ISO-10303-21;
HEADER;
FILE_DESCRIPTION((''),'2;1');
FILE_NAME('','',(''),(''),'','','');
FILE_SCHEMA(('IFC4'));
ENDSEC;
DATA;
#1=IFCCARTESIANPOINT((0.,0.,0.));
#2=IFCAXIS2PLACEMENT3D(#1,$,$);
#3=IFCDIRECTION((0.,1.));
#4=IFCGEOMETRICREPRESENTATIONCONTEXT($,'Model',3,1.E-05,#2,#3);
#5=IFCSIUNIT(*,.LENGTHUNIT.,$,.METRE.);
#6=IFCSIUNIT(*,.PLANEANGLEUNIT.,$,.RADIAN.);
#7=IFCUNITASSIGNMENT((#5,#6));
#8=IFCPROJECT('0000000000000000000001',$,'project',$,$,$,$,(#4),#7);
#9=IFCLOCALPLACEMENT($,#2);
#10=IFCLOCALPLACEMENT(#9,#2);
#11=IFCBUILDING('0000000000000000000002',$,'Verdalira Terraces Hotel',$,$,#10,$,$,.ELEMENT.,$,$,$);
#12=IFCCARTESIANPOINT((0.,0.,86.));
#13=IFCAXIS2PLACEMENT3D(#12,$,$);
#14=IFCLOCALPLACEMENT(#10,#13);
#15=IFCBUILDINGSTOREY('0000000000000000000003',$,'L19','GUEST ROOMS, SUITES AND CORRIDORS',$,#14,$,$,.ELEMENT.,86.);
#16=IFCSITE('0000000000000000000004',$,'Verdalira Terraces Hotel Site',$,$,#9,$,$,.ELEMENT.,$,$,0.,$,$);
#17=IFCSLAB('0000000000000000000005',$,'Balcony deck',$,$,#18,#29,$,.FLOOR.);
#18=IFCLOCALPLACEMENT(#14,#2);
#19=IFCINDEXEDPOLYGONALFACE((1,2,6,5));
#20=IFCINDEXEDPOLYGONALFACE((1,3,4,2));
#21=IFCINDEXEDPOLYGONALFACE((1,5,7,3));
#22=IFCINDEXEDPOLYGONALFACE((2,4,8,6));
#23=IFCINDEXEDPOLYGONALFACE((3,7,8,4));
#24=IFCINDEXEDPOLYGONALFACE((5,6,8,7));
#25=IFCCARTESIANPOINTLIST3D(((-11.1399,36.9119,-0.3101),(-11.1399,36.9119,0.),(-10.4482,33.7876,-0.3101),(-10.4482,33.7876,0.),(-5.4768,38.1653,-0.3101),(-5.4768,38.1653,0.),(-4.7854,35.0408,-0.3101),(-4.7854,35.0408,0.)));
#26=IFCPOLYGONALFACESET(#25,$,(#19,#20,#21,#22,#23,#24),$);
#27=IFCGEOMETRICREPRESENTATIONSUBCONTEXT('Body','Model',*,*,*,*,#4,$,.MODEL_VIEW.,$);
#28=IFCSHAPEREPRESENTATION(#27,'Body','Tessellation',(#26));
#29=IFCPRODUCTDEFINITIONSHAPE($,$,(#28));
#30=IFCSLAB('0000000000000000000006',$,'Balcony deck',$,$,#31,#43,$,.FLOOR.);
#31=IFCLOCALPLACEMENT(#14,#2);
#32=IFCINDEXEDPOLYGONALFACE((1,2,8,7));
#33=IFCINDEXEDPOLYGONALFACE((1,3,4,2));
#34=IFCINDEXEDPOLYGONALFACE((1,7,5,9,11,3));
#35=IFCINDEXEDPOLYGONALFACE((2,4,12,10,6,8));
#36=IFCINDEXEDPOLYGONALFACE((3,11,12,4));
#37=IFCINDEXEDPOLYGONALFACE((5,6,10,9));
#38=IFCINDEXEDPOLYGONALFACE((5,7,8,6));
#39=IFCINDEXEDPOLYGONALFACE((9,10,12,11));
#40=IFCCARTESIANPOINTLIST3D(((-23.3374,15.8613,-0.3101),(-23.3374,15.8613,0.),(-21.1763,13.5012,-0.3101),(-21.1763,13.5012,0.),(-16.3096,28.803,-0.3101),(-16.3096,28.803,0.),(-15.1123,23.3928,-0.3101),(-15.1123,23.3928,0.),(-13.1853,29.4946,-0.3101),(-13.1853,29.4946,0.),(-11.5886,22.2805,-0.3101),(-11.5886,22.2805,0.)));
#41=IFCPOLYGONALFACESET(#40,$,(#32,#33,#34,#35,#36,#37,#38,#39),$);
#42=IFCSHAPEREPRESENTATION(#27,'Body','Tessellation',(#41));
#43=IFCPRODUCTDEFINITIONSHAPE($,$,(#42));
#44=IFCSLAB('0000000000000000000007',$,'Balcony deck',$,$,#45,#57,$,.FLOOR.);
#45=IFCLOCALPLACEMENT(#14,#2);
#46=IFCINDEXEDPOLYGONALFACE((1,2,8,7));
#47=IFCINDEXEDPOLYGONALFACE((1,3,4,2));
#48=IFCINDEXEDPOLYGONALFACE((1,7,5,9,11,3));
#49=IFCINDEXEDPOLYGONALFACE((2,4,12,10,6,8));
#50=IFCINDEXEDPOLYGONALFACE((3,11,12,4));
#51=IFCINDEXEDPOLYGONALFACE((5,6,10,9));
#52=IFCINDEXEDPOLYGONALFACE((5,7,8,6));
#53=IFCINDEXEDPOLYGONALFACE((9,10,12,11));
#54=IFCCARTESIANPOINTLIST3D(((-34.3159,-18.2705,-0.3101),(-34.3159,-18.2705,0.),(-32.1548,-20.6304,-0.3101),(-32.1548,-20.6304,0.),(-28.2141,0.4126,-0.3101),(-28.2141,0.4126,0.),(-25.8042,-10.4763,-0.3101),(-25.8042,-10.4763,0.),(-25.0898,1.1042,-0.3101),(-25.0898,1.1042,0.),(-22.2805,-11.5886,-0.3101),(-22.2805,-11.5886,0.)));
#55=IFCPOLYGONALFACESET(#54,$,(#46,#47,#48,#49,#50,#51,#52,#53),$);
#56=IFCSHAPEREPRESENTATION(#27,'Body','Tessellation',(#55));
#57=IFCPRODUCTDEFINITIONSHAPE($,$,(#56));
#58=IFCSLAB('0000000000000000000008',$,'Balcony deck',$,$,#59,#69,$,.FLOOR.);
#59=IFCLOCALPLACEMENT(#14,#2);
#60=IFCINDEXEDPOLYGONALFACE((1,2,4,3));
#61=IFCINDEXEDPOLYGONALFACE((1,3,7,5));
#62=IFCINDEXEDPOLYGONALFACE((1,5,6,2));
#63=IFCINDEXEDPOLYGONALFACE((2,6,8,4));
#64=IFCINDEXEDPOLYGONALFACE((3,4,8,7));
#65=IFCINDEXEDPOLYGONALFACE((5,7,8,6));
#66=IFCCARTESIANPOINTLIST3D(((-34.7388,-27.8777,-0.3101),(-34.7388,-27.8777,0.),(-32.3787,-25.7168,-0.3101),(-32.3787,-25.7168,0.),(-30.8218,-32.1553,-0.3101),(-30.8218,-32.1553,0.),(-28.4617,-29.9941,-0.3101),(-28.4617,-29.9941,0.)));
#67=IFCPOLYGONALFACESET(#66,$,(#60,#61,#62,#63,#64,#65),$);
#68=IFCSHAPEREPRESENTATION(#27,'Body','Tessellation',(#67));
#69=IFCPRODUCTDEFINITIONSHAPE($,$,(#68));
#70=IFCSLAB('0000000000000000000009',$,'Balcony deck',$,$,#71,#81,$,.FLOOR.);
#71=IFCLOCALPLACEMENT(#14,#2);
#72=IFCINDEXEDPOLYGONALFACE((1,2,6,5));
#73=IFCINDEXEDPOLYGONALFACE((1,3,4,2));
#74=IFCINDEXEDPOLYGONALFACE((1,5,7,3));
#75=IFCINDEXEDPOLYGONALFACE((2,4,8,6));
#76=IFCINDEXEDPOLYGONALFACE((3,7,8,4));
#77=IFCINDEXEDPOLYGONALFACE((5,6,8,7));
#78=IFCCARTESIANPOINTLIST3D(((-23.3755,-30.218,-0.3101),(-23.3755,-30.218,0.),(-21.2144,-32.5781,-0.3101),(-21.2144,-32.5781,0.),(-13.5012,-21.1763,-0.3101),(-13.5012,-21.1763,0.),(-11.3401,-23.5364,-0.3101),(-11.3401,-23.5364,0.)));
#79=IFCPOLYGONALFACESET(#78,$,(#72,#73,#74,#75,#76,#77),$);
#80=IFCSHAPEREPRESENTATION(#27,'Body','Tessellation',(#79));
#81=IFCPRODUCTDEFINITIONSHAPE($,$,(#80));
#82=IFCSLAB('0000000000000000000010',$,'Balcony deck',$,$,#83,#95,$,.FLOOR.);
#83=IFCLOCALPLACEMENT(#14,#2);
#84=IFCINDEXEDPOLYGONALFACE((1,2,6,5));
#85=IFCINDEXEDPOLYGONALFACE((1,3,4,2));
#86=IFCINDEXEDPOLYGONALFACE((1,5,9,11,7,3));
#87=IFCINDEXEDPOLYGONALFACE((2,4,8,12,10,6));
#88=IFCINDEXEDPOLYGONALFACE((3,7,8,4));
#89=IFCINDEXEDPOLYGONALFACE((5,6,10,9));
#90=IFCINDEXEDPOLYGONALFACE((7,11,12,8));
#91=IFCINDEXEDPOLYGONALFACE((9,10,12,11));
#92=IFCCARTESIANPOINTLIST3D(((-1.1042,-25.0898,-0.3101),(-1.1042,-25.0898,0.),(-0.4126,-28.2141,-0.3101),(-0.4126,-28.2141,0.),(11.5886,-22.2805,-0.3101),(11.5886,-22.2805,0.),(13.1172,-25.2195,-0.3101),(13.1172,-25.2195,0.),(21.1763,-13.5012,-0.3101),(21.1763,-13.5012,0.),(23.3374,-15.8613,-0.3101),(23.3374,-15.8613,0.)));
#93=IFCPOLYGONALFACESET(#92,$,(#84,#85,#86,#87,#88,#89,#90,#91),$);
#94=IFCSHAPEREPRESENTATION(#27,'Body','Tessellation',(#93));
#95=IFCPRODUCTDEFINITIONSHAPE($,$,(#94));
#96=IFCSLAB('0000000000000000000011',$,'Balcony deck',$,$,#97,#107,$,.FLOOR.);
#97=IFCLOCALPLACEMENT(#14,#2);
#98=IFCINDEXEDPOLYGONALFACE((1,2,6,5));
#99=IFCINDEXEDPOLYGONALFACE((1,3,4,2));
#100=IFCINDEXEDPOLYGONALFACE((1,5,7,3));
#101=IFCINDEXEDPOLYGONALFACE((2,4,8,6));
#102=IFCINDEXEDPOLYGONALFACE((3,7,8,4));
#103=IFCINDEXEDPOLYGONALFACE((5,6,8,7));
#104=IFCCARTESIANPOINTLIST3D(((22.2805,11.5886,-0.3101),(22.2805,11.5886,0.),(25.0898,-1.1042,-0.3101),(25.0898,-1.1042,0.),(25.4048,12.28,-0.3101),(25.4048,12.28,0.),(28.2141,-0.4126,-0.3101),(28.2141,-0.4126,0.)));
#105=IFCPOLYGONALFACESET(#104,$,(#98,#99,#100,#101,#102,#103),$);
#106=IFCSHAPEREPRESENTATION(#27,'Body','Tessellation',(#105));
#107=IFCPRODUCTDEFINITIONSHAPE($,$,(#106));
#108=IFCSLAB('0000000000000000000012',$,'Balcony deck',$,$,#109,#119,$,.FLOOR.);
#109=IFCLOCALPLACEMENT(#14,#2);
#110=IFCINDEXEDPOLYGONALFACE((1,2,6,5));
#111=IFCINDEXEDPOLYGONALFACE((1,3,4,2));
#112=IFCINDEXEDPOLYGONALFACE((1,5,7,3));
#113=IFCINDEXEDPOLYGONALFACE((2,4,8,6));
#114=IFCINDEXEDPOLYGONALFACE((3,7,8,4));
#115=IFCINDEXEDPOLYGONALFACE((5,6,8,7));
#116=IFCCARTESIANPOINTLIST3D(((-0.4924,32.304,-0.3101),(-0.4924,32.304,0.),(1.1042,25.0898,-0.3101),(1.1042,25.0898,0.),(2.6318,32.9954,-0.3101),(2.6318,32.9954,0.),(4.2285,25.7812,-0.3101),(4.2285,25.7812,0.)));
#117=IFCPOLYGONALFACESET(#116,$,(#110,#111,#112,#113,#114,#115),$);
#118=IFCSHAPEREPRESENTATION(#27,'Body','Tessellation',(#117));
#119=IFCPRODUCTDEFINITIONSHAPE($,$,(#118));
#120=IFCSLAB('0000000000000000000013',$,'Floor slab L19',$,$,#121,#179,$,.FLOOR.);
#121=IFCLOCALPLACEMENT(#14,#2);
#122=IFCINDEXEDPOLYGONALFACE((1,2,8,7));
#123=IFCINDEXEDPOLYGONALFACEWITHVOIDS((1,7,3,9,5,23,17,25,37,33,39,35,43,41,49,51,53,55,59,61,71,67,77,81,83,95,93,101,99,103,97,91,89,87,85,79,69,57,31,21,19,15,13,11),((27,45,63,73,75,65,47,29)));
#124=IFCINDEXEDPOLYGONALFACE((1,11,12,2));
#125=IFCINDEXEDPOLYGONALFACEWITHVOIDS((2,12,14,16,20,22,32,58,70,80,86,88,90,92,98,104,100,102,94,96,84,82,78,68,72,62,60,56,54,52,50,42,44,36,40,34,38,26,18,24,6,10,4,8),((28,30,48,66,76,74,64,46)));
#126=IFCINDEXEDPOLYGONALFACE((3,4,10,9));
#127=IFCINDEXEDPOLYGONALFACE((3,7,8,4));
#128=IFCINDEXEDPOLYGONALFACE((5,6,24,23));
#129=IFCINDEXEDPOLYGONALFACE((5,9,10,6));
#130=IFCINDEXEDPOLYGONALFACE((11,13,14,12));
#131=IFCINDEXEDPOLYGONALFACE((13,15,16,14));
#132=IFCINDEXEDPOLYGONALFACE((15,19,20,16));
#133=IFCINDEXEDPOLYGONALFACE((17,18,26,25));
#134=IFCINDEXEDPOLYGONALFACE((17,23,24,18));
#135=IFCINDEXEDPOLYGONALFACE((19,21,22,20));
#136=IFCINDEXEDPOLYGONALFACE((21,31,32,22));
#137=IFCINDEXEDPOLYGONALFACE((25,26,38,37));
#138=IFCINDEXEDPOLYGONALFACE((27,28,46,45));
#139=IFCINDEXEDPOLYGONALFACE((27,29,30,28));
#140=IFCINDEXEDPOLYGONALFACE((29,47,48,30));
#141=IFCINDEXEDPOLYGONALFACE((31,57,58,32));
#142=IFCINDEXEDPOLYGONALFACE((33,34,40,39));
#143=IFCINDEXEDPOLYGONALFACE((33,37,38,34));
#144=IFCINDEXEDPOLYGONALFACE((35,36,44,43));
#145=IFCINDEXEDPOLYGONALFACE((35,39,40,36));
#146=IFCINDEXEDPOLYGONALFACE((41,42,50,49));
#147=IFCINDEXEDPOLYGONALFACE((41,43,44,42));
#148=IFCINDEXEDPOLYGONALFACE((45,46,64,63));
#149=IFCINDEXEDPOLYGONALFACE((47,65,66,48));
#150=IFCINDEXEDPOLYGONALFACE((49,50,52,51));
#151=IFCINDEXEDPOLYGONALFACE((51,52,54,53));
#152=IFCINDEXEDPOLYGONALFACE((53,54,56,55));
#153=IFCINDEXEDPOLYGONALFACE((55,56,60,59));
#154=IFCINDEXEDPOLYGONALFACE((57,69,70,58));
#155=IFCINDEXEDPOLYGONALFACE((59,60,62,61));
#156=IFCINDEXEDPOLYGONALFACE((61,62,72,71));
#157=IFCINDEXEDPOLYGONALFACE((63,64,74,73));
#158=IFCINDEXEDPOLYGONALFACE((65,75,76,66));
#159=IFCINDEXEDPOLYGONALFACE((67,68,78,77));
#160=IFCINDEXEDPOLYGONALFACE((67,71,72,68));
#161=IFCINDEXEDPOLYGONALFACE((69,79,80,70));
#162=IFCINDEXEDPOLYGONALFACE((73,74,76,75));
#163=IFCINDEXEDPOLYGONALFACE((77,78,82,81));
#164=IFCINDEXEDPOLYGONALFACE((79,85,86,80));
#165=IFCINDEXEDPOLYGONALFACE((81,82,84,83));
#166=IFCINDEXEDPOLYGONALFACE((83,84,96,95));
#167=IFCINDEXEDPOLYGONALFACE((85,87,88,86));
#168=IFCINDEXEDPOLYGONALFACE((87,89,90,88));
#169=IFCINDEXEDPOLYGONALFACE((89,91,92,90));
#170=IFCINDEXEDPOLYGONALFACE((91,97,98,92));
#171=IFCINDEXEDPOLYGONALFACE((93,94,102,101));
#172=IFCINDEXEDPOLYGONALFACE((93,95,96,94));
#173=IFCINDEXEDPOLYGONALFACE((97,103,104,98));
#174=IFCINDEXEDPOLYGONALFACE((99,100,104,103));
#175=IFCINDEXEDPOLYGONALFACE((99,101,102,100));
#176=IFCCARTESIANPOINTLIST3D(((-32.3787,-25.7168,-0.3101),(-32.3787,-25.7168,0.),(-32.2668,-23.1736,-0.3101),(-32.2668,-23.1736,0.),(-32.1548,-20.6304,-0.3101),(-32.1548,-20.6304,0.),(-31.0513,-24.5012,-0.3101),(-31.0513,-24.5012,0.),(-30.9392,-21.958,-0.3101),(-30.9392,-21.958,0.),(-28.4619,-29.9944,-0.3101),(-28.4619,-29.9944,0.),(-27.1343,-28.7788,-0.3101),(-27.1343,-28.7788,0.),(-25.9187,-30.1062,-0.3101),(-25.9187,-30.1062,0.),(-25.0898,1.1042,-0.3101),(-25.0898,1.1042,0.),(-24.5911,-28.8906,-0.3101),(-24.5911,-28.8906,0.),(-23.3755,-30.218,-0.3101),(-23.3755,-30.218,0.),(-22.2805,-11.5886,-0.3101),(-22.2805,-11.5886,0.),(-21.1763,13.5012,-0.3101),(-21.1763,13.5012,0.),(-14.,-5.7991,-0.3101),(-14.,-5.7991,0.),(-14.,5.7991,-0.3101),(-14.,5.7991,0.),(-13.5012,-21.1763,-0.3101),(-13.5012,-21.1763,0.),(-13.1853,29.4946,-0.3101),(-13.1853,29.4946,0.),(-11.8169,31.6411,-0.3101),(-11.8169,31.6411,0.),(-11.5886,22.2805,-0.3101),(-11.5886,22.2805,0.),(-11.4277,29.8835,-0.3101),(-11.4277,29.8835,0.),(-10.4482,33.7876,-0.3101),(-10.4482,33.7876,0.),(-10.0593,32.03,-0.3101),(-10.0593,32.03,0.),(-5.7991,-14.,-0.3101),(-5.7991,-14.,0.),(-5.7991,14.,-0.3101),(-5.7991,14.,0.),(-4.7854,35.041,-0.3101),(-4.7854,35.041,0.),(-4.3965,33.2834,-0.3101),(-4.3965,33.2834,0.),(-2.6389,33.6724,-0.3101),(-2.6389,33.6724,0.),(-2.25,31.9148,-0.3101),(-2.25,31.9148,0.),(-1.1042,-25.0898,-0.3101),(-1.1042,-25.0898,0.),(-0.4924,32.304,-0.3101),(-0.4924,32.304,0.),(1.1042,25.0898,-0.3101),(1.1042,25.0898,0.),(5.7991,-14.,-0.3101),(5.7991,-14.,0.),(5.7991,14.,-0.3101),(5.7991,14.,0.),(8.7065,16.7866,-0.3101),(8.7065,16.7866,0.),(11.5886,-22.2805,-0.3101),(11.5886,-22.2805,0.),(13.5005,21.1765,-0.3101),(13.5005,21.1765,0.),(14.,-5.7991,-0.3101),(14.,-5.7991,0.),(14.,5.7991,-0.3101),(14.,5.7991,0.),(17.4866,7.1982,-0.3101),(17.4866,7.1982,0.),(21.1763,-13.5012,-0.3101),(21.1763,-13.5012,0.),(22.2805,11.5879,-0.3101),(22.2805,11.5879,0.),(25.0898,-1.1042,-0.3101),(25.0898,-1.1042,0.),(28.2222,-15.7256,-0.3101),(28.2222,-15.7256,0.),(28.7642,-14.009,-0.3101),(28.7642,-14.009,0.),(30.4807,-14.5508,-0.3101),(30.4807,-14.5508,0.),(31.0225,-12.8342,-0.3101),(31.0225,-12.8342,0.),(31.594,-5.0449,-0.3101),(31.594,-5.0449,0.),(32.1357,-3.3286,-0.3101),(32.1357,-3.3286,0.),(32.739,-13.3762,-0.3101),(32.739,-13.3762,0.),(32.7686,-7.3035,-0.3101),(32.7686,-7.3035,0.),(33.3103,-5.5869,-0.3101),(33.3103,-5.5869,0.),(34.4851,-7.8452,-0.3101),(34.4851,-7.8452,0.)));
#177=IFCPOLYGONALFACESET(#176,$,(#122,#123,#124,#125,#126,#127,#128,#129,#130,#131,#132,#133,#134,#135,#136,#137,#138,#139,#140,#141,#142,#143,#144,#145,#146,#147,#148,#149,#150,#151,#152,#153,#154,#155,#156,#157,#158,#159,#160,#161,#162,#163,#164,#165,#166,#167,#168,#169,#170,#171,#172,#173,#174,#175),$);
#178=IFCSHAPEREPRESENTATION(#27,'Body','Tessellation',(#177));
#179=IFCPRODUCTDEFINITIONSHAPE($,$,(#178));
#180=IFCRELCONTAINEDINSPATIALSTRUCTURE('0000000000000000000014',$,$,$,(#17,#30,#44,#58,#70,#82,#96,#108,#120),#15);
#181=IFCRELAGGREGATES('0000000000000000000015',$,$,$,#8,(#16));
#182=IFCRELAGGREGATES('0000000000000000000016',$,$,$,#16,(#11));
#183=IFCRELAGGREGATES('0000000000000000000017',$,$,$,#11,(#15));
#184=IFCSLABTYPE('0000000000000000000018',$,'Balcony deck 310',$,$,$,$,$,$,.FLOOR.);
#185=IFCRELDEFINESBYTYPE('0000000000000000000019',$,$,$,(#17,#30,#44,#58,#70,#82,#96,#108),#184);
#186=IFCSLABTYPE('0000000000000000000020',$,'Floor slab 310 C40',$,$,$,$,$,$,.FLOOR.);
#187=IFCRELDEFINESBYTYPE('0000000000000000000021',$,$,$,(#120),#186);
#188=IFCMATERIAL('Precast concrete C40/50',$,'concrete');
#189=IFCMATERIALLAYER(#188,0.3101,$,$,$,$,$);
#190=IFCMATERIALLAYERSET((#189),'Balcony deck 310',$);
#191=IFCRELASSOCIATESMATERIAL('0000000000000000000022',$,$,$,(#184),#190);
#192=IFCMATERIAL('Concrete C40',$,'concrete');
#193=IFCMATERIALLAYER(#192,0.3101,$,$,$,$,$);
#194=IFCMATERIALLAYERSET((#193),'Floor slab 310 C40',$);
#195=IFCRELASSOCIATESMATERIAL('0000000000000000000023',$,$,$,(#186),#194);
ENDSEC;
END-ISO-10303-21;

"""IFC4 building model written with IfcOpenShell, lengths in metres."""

from ifc_helpers import new_model, si_unit, direction, frame, origin, place, context, subcontext, project, spatial, polyline, outline, extrude, material, layer, layer_set, type_object, element, save


model = new_model("IFC4")

# Units and contexts
model_context = context("Model", 3, precision=1e-05, world=origin(), true_north=direction((0.0, 1.0)))
body_context = subcontext(model_context, "Body", "Model", "MODEL_VIEW")
ifc_project = project(units=[si_unit("LENGTHUNIT", "METRE"), si_unit("PLANEANGLEUNIT", "RADIAN")], contexts=[model_context])

# Site, building, storey
site_placement = place(None, origin())
site = spatial("IfcSite", under=ifc_project, at=site_placement, Name="Verdalira Terraces Hotel Site", CompositionType="ELEMENT", RefElevation=0.0)
building_placement = place(site_placement, origin())
building = spatial("IfcBuilding", under=site, at=building_placement, Name="Verdalira Terraces Hotel", CompositionType="ELEMENT")
storey_placement = place(building_placement, frame((0.0, 0.0, 86.0)))
storey = spatial("IfcBuildingStorey", under=building, at=storey_placement, Name="L19", Description="GUEST ROOMS, SUITES AND CORRIDORS", CompositionType="ELEMENT", Elevation=86.0)

# Slabs
ifc_material_1 = material(Name="Precast concrete C40/50", Category="concrete")
ifc_layer_1 = layer(ifc_material_1, 0.3101)
ifc_layer_set_1 = layer_set([ifc_layer_1], Name="Balcony deck 310")
slab_type_1 = type_object("IfcSlabType", Name="Balcony deck 310", PredefinedType="FLOOR", material=ifc_layer_set_1)
slab_1_placement = place(storey_placement, frame((0.0, 0.0, -0.3101)))
element("IfcSlab", 1, at=slab_1_placement, inside=storey, type_object=slab_type_1, Name="Balcony deck", PredefinedType="FLOOR", context=body_context, shape_type="SweptSolid", body=[
    extrude(outline(polyline([(-11.1399, 36.9119), (-10.4482, 33.7876), (-4.7854, 35.0408), (-5.4768, 38.1653), (-11.1399, 36.9119)])), origin(), (0.0, 0.0, 1.0), 0.3101),
])
slab_2_placement = place(storey_placement, frame((0.0, 0.0, -0.3101)))
element("IfcSlab", 2, at=slab_2_placement, inside=storey, type_object=slab_type_1, Name="Balcony deck", PredefinedType="FLOOR", context=body_context, shape_type="SweptSolid", body=[
    extrude(outline(polyline([(-15.1123, 23.3928), (-23.3374, 15.8613), (-21.1763, 13.5012), (-11.5886, 22.2805), (-13.1853, 29.4946), (-16.3096, 28.803), (-15.1123, 23.3928)])), origin(), (0.0, 0.0, 1.0), 0.3101),
])
slab_3_placement = place(storey_placement, frame((0.0, 0.0, -0.3101)))
element("IfcSlab", 3, at=slab_3_placement, inside=storey, type_object=slab_type_1, Name="Balcony deck", PredefinedType="FLOOR", context=body_context, shape_type="SweptSolid", body=[
    extrude(outline(polyline([(-25.8042, -10.4763), (-34.3159, -18.2705), (-32.1548, -20.6304), (-22.2805, -11.5886), (-25.0898, 1.1042), (-28.2141, 0.4126), (-25.8042, -10.4763)])), origin(), (0.0, 0.0, 1.0), 0.3101),
])
slab_4_placement = place(storey_placement, frame((0.0, 0.0, -0.3101)))
element("IfcSlab", 4, at=slab_4_placement, inside=storey, type_object=slab_type_1, Name="Balcony deck", PredefinedType="FLOOR", context=body_context, shape_type="SweptSolid", body=[
    extrude(outline(polyline([(-30.8218, -32.1553), (-28.4617, -29.9941), (-32.3787, -25.7168), (-34.7388, -27.8777), (-30.8218, -32.1553)])), origin(), (0.0, 0.0, 1.0), 0.3101),
])
slab_5_placement = place(storey_placement, frame((0.0, 0.0, -0.3101)))
element("IfcSlab", 5, at=slab_5_placement, inside=storey, type_object=slab_type_1, Name="Balcony deck", PredefinedType="FLOOR", context=body_context, shape_type="SweptSolid", body=[
    extrude(outline(polyline([(-11.3401, -23.5364), (-13.5012, -21.1763), (-23.3755, -30.218), (-21.2144, -32.5781), (-11.3401, -23.5364)])), origin(), (0.0, 0.0, 1.0), 0.3101),
])
slab_6_placement = place(storey_placement, frame((0.0, 0.0, -0.3101)))
element("IfcSlab", 6, at=slab_6_placement, inside=storey, type_object=slab_type_1, Name="Balcony deck", PredefinedType="FLOOR", context=body_context, shape_type="SweptSolid", body=[
    extrude(outline(polyline([(23.3374, -15.8613), (21.1763, -13.5012), (11.5886, -22.2805), (-1.1042, -25.0898), (-0.4126, -28.2141), (13.1172, -25.2195), (23.3374, -15.8613)])), origin(), (0.0, 0.0, 1.0), 0.3101),
])
slab_7_placement = place(storey_placement, frame((0.0, 0.0, -0.3101)))
element("IfcSlab", 7, at=slab_7_placement, inside=storey, type_object=slab_type_1, Name="Balcony deck", PredefinedType="FLOOR", context=body_context, shape_type="SweptSolid", body=[
    extrude(outline(polyline([(25.4048, 12.28), (22.2805, 11.5886), (25.0898, -1.1042), (28.2141, -0.4126), (25.4048, 12.28)])), origin(), (0.0, 0.0, 1.0), 0.3101),
])
slab_8_placement = place(storey_placement, frame((0.0, 0.0, -0.3101)))
element("IfcSlab", 8, at=slab_8_placement, inside=storey, type_object=slab_type_1, Name="Balcony deck", PredefinedType="FLOOR", context=body_context, shape_type="SweptSolid", body=[
    extrude(outline(polyline([(2.6318, 32.9954), (-0.4924, 32.304), (1.1042, 25.0898), (4.2285, 25.7812), (2.6318, 32.9954)])), origin(), (0.0, 0.0, 1.0), 0.3101),
])
ifc_material_2 = material(Name="Concrete C40", Category="concrete")
ifc_layer_2 = layer(ifc_material_2, 0.3101)
ifc_layer_set_2 = layer_set([ifc_layer_2], Name="Floor slab 310 C40")
slab_type_2 = type_object("IfcSlabType", Name="Floor slab 310 C40", PredefinedType="FLOOR", material=ifc_layer_set_2)
slab_9_placement = place(storey_placement, frame((0.0, 0.0, -0.3101)))
element("IfcSlab", 9, at=slab_9_placement, inside=storey, type_object=slab_type_2, Name="Floor slab L19", PredefinedType="FLOOR", context=body_context, shape_type="SweptSolid", body=[
    extrude(outline(polyline([(32.1357, -3.3286), (25.0898, -1.1042), (22.2805, 11.5879), (17.4866, 7.1982), (8.7065, 16.7866), (13.5005, 21.1765), (1.1042, 25.0898), (-0.4924, 32.304), (-2.25, 31.9148), (-2.6389, 33.6724), (-4.3965, 33.2834), (-4.7854, 35.041), (-10.4482, 33.7876), (-10.0593, 32.03), (-11.8169, 31.6411), (-11.4277, 29.8835), (-13.1853, 29.4946), (-11.5886, 22.2805), (-21.1763, 13.5012), (-25.0898, 1.1042), (-22.2805, -11.5886), (-32.1548, -20.6304), (-30.9392, -21.958), (-32.2668, -23.1736), (-31.0513, -24.5012), (-32.3787, -25.7168), (-28.4619, -29.9944), (-27.1343, -28.7788), (-25.9187, -30.1062), (-24.5911, -28.8906), (-23.3755, -30.218), (-13.5012, -21.1763), (-1.1042, -25.0898), (11.5886, -22.2805), (21.1763, -13.5012), (28.2222, -15.7256), (28.7642, -14.009), (30.4807, -14.5508), (31.0225, -12.8342), (32.739, -13.3762), (34.4851, -7.8452), (32.7686, -7.3035), (33.3103, -5.5869), (31.594, -5.0449), (32.1357, -3.3286)]), holes=[polyline([(5.7991, 14.0), (14.0, 5.7991), (14.0, -5.7991), (5.7991, -14.0), (-5.7991, -14.0), (-14.0, -5.7991), (-14.0, 5.7991), (-5.7991, 14.0), (5.7991, 14.0)])]), origin(), (0.0, 0.0, 1.0), 0.3101),
])

save(model, "model.ifc")
